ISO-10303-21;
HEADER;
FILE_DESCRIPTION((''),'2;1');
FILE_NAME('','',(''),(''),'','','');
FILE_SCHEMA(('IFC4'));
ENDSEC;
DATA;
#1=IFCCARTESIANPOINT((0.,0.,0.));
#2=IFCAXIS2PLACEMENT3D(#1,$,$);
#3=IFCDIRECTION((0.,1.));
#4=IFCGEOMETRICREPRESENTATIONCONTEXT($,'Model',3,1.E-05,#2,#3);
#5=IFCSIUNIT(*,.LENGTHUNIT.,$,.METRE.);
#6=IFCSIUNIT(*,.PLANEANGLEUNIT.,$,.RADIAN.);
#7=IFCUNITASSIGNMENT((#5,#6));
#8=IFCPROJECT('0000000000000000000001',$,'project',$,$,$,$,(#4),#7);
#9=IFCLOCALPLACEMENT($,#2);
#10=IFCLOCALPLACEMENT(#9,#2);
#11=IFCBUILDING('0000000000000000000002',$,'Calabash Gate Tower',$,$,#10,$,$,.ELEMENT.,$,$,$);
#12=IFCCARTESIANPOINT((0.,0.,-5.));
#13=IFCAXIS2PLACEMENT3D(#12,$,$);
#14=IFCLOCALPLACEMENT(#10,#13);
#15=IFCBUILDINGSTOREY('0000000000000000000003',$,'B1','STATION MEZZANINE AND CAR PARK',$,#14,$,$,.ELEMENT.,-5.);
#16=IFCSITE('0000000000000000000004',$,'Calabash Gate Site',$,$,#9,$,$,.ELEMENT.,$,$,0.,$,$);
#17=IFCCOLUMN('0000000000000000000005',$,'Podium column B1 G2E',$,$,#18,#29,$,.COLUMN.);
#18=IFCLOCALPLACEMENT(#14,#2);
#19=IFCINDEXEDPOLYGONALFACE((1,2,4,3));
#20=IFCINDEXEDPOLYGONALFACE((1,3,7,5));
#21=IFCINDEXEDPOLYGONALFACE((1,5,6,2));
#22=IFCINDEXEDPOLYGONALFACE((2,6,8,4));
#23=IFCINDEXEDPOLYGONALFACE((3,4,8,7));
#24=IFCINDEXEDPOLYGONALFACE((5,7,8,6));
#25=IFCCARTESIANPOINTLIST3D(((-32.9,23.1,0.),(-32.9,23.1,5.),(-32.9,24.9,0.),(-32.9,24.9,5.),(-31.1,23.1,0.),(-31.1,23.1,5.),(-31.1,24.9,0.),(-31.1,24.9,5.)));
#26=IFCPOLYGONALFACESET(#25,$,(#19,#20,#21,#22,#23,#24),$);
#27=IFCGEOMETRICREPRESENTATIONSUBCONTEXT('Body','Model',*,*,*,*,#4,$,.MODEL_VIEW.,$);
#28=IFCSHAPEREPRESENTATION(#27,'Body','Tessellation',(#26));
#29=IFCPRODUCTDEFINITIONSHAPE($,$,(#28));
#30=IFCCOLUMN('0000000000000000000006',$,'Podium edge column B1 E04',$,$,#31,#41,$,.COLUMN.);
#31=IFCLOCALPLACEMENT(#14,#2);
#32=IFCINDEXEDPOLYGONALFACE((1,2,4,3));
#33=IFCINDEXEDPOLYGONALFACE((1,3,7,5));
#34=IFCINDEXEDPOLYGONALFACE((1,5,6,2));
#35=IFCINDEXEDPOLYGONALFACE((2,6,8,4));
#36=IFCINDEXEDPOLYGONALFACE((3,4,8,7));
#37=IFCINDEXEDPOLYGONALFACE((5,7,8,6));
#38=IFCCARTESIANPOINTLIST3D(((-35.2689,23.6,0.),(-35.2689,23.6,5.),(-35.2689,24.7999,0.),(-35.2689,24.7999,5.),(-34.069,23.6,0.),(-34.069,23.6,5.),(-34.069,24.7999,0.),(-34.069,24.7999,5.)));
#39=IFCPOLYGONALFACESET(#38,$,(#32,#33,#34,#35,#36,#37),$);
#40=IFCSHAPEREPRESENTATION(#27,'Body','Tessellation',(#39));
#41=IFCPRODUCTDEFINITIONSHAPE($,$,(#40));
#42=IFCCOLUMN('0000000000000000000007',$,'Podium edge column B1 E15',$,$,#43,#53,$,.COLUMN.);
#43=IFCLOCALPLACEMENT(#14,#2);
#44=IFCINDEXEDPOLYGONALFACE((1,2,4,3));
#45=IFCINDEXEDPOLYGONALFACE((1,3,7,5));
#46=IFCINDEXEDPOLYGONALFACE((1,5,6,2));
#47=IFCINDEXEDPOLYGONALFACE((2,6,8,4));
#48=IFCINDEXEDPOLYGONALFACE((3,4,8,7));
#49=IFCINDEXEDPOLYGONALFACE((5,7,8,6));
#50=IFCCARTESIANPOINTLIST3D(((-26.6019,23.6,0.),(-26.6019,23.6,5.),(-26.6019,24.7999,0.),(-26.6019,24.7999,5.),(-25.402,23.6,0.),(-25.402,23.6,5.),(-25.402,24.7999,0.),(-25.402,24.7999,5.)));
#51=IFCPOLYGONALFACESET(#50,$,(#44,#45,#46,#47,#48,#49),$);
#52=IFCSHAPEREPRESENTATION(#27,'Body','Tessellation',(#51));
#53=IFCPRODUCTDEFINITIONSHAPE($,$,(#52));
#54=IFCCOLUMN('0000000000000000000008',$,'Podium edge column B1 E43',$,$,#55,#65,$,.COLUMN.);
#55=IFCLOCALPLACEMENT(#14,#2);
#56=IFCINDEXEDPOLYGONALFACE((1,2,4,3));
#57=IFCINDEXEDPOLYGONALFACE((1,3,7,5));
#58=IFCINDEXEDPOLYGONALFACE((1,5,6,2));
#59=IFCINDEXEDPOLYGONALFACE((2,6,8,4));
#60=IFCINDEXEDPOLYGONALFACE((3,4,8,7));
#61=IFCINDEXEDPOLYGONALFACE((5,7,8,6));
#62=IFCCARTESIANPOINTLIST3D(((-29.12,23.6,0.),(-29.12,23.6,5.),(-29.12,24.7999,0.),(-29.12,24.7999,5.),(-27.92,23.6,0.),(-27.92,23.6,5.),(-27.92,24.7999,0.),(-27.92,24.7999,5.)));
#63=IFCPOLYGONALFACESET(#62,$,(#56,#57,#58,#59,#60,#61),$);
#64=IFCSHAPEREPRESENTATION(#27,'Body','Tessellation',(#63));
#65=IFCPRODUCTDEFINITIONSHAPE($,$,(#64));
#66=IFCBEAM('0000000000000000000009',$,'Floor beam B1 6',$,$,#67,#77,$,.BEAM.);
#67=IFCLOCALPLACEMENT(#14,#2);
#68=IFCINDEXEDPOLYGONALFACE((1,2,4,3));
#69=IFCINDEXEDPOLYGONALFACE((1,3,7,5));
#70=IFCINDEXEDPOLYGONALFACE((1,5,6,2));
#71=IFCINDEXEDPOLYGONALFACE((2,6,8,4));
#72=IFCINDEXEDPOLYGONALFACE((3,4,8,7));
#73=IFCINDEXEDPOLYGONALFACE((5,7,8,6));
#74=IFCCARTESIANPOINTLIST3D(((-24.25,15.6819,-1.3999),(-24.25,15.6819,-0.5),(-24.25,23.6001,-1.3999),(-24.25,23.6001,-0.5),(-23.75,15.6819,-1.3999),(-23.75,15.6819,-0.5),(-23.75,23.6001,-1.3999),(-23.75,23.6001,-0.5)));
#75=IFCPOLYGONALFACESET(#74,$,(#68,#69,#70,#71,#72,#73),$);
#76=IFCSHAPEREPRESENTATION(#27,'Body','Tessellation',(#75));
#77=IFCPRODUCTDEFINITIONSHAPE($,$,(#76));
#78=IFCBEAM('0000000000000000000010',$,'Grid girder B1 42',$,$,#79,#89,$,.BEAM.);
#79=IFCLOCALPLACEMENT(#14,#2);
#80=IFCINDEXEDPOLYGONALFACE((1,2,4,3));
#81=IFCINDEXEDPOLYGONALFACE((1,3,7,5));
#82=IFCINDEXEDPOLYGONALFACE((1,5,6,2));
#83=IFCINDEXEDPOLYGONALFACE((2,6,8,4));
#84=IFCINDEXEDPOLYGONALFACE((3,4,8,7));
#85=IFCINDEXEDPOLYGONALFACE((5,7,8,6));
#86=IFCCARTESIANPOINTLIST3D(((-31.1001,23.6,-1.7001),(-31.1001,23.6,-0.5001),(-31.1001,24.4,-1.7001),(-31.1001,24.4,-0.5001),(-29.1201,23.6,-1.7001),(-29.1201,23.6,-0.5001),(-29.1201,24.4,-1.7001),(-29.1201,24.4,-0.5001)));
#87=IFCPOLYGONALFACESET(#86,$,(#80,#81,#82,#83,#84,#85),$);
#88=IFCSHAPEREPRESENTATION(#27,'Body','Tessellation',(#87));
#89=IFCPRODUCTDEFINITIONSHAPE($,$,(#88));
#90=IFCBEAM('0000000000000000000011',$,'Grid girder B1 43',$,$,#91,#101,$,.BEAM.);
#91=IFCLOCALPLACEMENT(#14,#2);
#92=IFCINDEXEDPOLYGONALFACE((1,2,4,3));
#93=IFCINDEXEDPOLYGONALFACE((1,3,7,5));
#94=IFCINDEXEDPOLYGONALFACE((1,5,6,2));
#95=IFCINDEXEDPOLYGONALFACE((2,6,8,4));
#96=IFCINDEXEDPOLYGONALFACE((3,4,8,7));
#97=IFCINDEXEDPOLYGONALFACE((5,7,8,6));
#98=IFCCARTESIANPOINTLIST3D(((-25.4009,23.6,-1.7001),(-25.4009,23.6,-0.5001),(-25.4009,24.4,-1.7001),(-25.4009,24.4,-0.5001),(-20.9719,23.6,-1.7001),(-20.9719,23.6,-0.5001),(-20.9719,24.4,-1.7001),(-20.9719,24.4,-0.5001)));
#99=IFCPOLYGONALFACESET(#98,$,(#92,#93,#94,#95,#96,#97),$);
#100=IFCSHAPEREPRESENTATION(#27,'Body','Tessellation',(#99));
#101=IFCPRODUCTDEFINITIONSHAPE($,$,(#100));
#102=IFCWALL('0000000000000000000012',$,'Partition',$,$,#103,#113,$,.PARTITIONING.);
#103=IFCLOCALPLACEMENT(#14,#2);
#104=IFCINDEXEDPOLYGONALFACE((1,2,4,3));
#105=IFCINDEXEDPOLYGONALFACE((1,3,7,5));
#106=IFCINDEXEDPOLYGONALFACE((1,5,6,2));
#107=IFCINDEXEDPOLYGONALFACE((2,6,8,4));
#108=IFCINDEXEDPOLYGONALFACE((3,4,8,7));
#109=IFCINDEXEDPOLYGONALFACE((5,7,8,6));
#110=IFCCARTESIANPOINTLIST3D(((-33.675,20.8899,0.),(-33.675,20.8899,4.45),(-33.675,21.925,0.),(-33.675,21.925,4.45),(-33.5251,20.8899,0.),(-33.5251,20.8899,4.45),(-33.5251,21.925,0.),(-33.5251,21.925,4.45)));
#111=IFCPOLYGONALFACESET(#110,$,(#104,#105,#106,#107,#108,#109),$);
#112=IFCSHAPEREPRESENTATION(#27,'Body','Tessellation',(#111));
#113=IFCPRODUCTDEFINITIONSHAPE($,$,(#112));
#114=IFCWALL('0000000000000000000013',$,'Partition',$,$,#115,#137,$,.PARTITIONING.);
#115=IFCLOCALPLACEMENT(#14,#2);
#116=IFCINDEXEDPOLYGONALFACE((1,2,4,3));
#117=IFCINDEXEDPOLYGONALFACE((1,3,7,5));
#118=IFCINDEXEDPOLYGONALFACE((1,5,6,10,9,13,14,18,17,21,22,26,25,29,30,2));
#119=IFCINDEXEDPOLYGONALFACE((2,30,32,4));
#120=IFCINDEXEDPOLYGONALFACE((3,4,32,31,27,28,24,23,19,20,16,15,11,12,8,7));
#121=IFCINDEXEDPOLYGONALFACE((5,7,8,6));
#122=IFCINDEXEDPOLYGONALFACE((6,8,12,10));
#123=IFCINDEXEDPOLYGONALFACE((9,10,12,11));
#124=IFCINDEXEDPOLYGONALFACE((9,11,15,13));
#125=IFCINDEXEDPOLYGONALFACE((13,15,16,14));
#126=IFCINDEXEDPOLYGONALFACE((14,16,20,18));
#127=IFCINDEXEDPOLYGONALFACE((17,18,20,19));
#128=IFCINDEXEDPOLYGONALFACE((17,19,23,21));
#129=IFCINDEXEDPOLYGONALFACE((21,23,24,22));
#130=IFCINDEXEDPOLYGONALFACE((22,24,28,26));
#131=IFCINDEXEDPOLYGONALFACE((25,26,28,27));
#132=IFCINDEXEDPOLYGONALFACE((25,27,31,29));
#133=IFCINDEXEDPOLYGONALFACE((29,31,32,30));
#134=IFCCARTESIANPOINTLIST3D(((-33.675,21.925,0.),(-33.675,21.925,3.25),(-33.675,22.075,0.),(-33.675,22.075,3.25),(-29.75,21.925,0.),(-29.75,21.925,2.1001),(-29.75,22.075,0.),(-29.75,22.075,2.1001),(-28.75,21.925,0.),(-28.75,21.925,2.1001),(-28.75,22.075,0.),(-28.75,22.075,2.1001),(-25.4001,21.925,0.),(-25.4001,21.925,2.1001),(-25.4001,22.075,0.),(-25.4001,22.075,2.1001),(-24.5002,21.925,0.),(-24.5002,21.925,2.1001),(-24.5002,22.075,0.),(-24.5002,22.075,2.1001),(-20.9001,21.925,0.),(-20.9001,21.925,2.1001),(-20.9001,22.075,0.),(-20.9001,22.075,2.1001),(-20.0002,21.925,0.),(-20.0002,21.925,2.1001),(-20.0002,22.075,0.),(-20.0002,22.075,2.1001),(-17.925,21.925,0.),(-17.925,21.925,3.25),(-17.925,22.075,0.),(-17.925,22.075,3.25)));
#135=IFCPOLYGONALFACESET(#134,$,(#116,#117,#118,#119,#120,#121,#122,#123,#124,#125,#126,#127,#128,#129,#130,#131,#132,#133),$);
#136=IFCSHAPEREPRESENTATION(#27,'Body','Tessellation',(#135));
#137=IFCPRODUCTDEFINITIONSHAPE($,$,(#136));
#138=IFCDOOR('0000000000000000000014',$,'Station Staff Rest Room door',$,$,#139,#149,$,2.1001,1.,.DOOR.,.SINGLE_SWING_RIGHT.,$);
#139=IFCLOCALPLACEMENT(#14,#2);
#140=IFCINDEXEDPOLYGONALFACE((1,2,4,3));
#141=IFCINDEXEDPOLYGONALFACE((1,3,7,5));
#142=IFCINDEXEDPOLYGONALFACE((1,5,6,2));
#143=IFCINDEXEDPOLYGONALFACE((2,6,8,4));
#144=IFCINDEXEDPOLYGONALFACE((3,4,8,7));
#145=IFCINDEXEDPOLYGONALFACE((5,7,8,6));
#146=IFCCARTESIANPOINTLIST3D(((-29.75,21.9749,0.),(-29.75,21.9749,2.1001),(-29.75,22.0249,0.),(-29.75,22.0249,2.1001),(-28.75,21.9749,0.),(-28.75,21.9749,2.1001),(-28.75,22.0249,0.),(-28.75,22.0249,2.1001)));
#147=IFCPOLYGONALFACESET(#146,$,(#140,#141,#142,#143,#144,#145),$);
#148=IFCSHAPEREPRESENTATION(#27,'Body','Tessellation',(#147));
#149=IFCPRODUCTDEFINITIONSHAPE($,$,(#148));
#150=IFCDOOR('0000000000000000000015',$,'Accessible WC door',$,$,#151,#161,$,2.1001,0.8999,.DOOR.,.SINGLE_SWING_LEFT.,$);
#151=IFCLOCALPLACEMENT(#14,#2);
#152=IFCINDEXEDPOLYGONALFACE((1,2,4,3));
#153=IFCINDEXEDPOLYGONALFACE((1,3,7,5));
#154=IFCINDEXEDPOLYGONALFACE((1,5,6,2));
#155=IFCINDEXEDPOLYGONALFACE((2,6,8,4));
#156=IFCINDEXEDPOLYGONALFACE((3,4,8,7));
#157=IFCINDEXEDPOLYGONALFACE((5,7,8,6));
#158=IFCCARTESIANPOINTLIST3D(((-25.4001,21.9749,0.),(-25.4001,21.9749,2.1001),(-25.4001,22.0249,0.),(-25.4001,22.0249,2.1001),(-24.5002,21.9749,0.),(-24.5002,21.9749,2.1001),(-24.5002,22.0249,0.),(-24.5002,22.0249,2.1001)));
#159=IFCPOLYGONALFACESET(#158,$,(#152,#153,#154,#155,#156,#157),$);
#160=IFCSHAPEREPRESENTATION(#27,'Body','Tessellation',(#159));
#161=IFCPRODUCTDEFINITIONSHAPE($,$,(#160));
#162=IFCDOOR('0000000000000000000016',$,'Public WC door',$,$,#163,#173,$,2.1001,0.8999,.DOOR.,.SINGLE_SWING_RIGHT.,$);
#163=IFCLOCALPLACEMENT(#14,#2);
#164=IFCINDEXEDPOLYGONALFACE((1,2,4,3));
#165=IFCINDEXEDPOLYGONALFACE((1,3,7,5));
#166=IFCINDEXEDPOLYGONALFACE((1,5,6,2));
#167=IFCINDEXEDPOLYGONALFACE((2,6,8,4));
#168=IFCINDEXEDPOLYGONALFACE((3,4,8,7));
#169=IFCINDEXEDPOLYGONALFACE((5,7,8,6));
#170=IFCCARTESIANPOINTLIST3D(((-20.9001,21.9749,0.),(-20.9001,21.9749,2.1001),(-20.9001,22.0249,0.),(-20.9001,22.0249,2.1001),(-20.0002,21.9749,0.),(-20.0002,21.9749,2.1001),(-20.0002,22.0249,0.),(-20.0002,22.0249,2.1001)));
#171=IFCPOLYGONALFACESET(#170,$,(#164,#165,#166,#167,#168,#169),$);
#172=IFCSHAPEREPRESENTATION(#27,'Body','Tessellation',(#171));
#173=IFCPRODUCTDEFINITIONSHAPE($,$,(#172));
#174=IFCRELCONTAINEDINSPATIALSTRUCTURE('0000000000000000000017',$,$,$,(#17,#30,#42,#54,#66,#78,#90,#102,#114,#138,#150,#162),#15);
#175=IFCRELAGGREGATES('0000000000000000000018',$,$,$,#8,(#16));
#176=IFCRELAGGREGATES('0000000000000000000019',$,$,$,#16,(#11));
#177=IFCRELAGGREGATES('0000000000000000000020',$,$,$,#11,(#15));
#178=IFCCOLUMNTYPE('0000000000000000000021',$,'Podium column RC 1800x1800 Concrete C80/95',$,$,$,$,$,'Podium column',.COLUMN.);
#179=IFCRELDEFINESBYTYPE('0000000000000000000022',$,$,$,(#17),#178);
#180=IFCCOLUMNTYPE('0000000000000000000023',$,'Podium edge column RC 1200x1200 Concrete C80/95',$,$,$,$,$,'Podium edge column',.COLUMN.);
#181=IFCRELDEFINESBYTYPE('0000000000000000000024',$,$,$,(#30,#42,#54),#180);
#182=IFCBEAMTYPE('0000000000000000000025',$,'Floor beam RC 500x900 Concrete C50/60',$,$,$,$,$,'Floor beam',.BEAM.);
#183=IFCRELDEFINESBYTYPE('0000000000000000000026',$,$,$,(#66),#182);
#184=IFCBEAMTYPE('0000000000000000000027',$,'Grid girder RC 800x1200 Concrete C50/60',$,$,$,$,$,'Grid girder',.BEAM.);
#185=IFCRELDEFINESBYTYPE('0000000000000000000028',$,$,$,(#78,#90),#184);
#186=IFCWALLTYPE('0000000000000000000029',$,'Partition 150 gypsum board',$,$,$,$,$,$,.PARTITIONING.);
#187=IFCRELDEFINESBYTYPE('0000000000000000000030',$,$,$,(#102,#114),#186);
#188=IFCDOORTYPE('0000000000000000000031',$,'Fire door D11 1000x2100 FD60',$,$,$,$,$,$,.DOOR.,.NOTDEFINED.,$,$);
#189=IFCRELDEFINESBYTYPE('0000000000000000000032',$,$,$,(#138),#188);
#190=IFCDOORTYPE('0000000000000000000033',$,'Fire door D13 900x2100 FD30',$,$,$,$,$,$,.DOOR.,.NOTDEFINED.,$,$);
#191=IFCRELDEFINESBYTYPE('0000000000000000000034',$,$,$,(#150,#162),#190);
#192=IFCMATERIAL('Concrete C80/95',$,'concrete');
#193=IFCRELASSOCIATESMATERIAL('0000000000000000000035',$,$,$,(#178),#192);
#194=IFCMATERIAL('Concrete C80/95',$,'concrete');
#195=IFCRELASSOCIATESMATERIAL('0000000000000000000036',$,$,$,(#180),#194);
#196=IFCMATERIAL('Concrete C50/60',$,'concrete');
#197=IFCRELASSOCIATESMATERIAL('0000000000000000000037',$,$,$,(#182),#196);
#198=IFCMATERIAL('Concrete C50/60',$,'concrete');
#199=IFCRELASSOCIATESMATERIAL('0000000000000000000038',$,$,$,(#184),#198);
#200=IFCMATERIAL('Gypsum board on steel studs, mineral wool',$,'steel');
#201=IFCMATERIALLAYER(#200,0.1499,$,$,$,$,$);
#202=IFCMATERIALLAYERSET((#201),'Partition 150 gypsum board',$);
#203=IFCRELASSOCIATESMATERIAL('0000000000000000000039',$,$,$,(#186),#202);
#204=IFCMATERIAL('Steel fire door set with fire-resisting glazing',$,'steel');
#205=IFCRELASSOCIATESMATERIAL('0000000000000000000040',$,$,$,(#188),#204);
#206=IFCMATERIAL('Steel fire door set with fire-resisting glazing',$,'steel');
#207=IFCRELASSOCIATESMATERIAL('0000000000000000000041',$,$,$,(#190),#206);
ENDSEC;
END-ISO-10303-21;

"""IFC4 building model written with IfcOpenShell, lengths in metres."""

from ifc_helpers import new_model, si_unit, direction, frame, frame_2d, origin, origin_2d, place, context, subcontext, project, spatial, rectangle, extrude, material, layer, layer_set, material_profile, profile_set, type_object, element, fill, save


model = new_model("IFC4")

# Units and contexts
model_context = context("Model", 3, precision=1e-05, world=origin(), true_north=direction((0.0, 1.0)))
body_context = subcontext(model_context, "Body", "Model", "MODEL_VIEW")
ifc_project = project(units=[si_unit("LENGTHUNIT", "METRE"), si_unit("PLANEANGLEUNIT", "RADIAN")], contexts=[model_context])

# Site, building, storey
site_placement = place(None, origin())
site = spatial("IfcSite", under=ifc_project, at=site_placement, Name="Calabash Gate Site", CompositionType="ELEMENT", RefElevation=0.0)
building_placement = place(site_placement, origin())
building = spatial("IfcBuilding", under=site, at=building_placement, Name="Calabash Gate Tower", CompositionType="ELEMENT")
storey_placement = place(building_placement, frame((0.0, 0.0, -5.0)))
storey = spatial("IfcBuildingStorey", under=building, at=storey_placement, Name="B1", Description="STATION MEZZANINE AND CAR PARK", CompositionType="ELEMENT", Elevation=-5.0)

# Columns
ifc_material_1 = material(Name="Concrete C80/95", Category="concrete")
ifc_material_profile_1 = material_profile(ifc_material_1, rectangle(XDim=1.8, YDim=1.8, at=origin_2d()))
ifc_profile_set_1 = profile_set([ifc_material_profile_1], Name="Concrete C80/95")
column_type_1 = type_object("IfcColumnType", Name="Podium column RC 1800x1800 Concrete C80/95", ElementType="Podium column", PredefinedType="COLUMN", material=ifc_profile_set_1)
column_placement = place(storey_placement, frame((-32.0, 24.0, 0.0), z_axis=(0.0, 0.0, 1.0), x_axis=(1.0, 0.0, 0.0)))
element("IfcColumn", 1, at=column_placement, inside=storey, type_object=column_type_1, Name="Podium column B1 G2E", PredefinedType="COLUMN", context=body_context, shape_type="SweptSolid", body=[
    extrude(rectangle(XDim=1.8, YDim=1.8, at=origin_2d()), origin(), (0.0, 0.0, 1.0), 5.0),
])
ifc_material_2 = material(Name="Concrete C80/95", Category="concrete")
ifc_material_profile_2 = material_profile(ifc_material_2, rectangle(XDim=1.2, YDim=1.2, at=origin_2d()))
ifc_profile_set_2 = profile_set([ifc_material_profile_2], Name="Concrete C80/95")
column_type_2 = type_object("IfcColumnType", Name="Podium edge column RC 1200x1200 Concrete C80/95", ElementType="Podium edge column", PredefinedType="COLUMN", material=ifc_profile_set_2)
for number, where, z_axis, x_axis, name in (
    (2, (-34.6689, 24.2, 0.0), (0.0, 0.0, 1.0), (1.0, 0.0, 0.0), "Podium edge column B1 E04"),
    (3, (-26.002, 24.2, 0.0), (0.0, 0.0, 1.0), (1.0, 0.0, 0.0), "Podium edge column B1 E15"),
    (4, (-28.52, 24.2, 0.0), (0.0, 0.0, 1.0), (1.0, 0.0, 0.0), "Podium edge column B1 E43"),
):
    element("IfcColumn", number, at=place(storey_placement, frame(where, z_axis=z_axis, x_axis=x_axis)), inside=storey, type_object=column_type_2, Name=name, PredefinedType="COLUMN", context=body_context, shape_type="SweptSolid", body=[
        extrude(rectangle(XDim=1.2, YDim=1.2, at=origin_2d()), origin(), (0.0, 0.0, 1.0), 5.0),
    ])

# Beams
ifc_material_3 = material(Name="Concrete C50/60", Category="concrete")
ifc_material_profile_3 = material_profile(ifc_material_3, rectangle(XDim=0.5, YDim=0.8999, at=origin_2d()))
ifc_profile_set_3 = profile_set([ifc_material_profile_3], Name="Concrete C50/60")
beam_type_1 = type_object("IfcBeamType", Name="Floor beam RC 500x900 Concrete C50/60", ElementType="Floor beam", PredefinedType="BEAM", material=ifc_profile_set_3)
beam_1_placement = place(storey_placement, frame((-24.0, 15.6819, -0.95), z_axis=(0.0, 1.0, 0.0), x_axis=(-1.0, 0.0, 0.0)))
element("IfcBeam", 5, at=beam_1_placement, inside=storey, type_object=beam_type_1, Name="Floor beam B1 6", PredefinedType="BEAM", context=body_context, shape_type="SweptSolid", body=[
    extrude(rectangle(XDim=0.5, YDim=0.8999, at=origin_2d()), origin(), (0.0, 0.0, 1.0), 7.9182),
])
ifc_material_4 = material(Name="Concrete C50/60", Category="concrete")
ifc_material_profile_4 = material_profile(ifc_material_4, rectangle(XDim=0.8, YDim=1.2, at=origin_2d()))
ifc_profile_set_4 = profile_set([ifc_material_profile_4], Name="Concrete C50/60")
beam_type_2 = type_object("IfcBeamType", Name="Grid girder RC 800x1200 Concrete C50/60", ElementType="Grid girder", PredefinedType="BEAM", material=ifc_profile_set_4)
beam_2_placement = place(storey_placement, frame((-31.1001, 24.0, -1.1001), z_axis=(1.0, 0.0, 0.0), x_axis=(0.0, 1.0, 0.0)))
element("IfcBeam", 6, at=beam_2_placement, inside=storey, type_object=beam_type_2, Name="Grid girder B1 42", PredefinedType="BEAM", context=body_context, shape_type="SweptSolid", body=[
    extrude(rectangle(XDim=0.8, YDim=1.2, at=origin_2d()), origin(), (0.0, 0.0, 1.0), 1.98),
])
beam_3_placement = place(storey_placement, frame((-25.4009, 24.0, -1.1001), z_axis=(1.0, 0.0, 0.0), x_axis=(0.0, 1.0, 0.0)))
element("IfcBeam", 7, at=beam_3_placement, inside=storey, type_object=beam_type_2, Name="Grid girder B1 43", PredefinedType="BEAM", context=body_context, shape_type="SweptSolid", body=[
    extrude(rectangle(XDim=0.8, YDim=1.2, at=origin_2d()), origin(), (0.0, 0.0, 1.0), 4.429),
])

# Wall
ifc_material_5 = material(Name="Gypsum board on steel studs, mineral wool", Category="steel")
ifc_layer = layer(ifc_material_5, 0.1499)
ifc_layer_set = layer_set([ifc_layer], Name="Partition 150 gypsum board")
wall_type = type_object("IfcWallType", Name="Partition 150 gypsum board", PredefinedType="PARTITIONING", material=ifc_layer_set)
wall_1_placement = place(storey_placement, frame((-33.6001, 20.8899, 0.0), z_axis=(0.0, 0.0, 1.0), x_axis=(0.0, 1.0, 0.0)))
element("IfcWall", 8, at=wall_1_placement, inside=storey, type_object=wall_type, Name="Partition", PredefinedType="PARTITIONING", context=body_context, shape_type="SweptSolid", body=[
    extrude(rectangle(XDim=1.0352, YDim=0.1499, at=frame_2d((0.5176, 0.0))), origin(), (0.0, 0.0, 1.0), 4.45),
])

# Wall, openings, doors
wall_2_placement = place(storey_placement, frame((-33.675, 22.0, 0.0), z_axis=(0.0, 0.0, 1.0), x_axis=(1.0, 0.0, 0.0)))
wall_2 = element("IfcWall", 9, at=wall_2_placement, inside=storey, type_object=wall_type, Name="Partition", PredefinedType="PARTITIONING", context=body_context, shape_type="SweptSolid", body=[
    extrude(rectangle(XDim=15.75, YDim=0.1499, at=frame_2d((7.875, 0.0))), origin(), (0.0, 0.0, 1.0), 3.25),
])
opening_1_placement = place(wall_2_placement, frame((8.2749, 0.0, 0.0)))
opening_1 = element("IfcOpeningElement", 10, at=opening_1_placement, cuts=wall_2, PredefinedType="OPENING", context=body_context, shape_type="SweptSolid", body=[
    extrude(rectangle(XDim=0.8999, YDim=2.1001, at=frame_2d((0.45, 1.05))), frame((0.0, 0.085, 0.0), z_axis=(0.0, -1.0, 0.0), x_axis=(1.0, 0.0, 0.0)), (0.0, 0.0, 1.0), 0.1699),
])
opening_2_placement = place(wall_2_placement, frame((12.7749, 0.0, 0.0)))
opening_2 = element("IfcOpeningElement", 11, at=opening_2_placement, cuts=wall_2, PredefinedType="OPENING", context=body_context, shape_type="SweptSolid", body=[
    extrude(rectangle(XDim=0.8999, YDim=2.1001, at=frame_2d((0.45, 1.05))), frame((0.0, 0.085, 0.0), z_axis=(0.0, -1.0, 0.0), x_axis=(1.0, 0.0, 0.0)), (0.0, 0.0, 1.0), 0.1699),
])
opening_3_placement = place(wall_2_placement, frame((3.925, 0.0, 0.0)))
opening_3 = element("IfcOpeningElement", 12, at=opening_3_placement, cuts=wall_2, PredefinedType="OPENING", context=body_context, shape_type="SweptSolid", body=[
    extrude(rectangle(XDim=1.0, YDim=2.1001, at=frame_2d((0.5, 1.05))), frame((0.0, 0.085, 0.0), z_axis=(0.0, -1.0, 0.0), x_axis=(1.0, 0.0, 0.0)), (0.0, 0.0, 1.0), 0.1699),
])
ifc_material_6 = material(Name="Steel fire door set with fire-resisting glazing", Category="steel")
door_type_1 = type_object("IfcDoorType", Name="Fire door D11 1000x2100 FD60", OperationType="NOTDEFINED", PredefinedType="DOOR", material=ifc_material_6)
door_1_placement = place(opening_3_placement, origin())
door_1 = element("IfcDoor", 13, at=door_1_placement, inside=storey, type_object=door_type_1, Name="Station Staff Rest Room door", OperationType="SINGLE_SWING_RIGHT", OverallHeight=2.1001, OverallWidth=1.0, PredefinedType="DOOR", context=body_context, shape_type="SweptSolid", body=[
    extrude(rectangle(XDim=1.0, YDim=2.1001, at=frame_2d((0.5, 1.05))), frame((0.0, 0.0249, 0.0), z_axis=(0.0, -1.0, 0.0), x_axis=(1.0, 0.0, 0.0)), (0.0, 0.0, 1.0), 0.05),
])
fill(opening_3, door_1)
ifc_material_7 = material(Name="Steel fire door set with fire-resisting glazing", Category="steel")
door_type_2 = type_object("IfcDoorType", Name="Fire door D13 900x2100 FD30", OperationType="NOTDEFINED", PredefinedType="DOOR", material=ifc_material_7)
door_2_placement = place(opening_1_placement, origin())
door_2 = element("IfcDoor", 14, at=door_2_placement, inside=storey, type_object=door_type_2, Name="Accessible WC door", OperationType="SINGLE_SWING_LEFT", OverallHeight=2.1001, OverallWidth=0.8999, PredefinedType="DOOR", context=body_context, shape_type="SweptSolid", body=[
    extrude(rectangle(XDim=0.8999, YDim=2.1001, at=frame_2d((0.45, 1.05))), frame((0.0, 0.0249, 0.0), z_axis=(0.0, -1.0, 0.0), x_axis=(1.0, 0.0, 0.0)), (0.0, 0.0, 1.0), 0.05),
])
fill(opening_1, door_2)
door_3_placement = place(opening_2_placement, origin())
door_3 = element("IfcDoor", 15, at=door_3_placement, inside=storey, type_object=door_type_2, Name="Public WC door", OperationType="SINGLE_SWING_RIGHT", OverallHeight=2.1001, OverallWidth=0.8999, PredefinedType="DOOR", context=body_context, shape_type="SweptSolid", body=[
    extrude(rectangle(XDim=0.8999, YDim=2.1001, at=frame_2d((0.45, 1.05))), frame((0.0, 0.0249, 0.0), z_axis=(0.0, -1.0, 0.0), x_axis=(1.0, 0.0, 0.0)), (0.0, 0.0, 1.0), 0.05),
])
fill(opening_2, door_3)

save(model, "model.ifc")
